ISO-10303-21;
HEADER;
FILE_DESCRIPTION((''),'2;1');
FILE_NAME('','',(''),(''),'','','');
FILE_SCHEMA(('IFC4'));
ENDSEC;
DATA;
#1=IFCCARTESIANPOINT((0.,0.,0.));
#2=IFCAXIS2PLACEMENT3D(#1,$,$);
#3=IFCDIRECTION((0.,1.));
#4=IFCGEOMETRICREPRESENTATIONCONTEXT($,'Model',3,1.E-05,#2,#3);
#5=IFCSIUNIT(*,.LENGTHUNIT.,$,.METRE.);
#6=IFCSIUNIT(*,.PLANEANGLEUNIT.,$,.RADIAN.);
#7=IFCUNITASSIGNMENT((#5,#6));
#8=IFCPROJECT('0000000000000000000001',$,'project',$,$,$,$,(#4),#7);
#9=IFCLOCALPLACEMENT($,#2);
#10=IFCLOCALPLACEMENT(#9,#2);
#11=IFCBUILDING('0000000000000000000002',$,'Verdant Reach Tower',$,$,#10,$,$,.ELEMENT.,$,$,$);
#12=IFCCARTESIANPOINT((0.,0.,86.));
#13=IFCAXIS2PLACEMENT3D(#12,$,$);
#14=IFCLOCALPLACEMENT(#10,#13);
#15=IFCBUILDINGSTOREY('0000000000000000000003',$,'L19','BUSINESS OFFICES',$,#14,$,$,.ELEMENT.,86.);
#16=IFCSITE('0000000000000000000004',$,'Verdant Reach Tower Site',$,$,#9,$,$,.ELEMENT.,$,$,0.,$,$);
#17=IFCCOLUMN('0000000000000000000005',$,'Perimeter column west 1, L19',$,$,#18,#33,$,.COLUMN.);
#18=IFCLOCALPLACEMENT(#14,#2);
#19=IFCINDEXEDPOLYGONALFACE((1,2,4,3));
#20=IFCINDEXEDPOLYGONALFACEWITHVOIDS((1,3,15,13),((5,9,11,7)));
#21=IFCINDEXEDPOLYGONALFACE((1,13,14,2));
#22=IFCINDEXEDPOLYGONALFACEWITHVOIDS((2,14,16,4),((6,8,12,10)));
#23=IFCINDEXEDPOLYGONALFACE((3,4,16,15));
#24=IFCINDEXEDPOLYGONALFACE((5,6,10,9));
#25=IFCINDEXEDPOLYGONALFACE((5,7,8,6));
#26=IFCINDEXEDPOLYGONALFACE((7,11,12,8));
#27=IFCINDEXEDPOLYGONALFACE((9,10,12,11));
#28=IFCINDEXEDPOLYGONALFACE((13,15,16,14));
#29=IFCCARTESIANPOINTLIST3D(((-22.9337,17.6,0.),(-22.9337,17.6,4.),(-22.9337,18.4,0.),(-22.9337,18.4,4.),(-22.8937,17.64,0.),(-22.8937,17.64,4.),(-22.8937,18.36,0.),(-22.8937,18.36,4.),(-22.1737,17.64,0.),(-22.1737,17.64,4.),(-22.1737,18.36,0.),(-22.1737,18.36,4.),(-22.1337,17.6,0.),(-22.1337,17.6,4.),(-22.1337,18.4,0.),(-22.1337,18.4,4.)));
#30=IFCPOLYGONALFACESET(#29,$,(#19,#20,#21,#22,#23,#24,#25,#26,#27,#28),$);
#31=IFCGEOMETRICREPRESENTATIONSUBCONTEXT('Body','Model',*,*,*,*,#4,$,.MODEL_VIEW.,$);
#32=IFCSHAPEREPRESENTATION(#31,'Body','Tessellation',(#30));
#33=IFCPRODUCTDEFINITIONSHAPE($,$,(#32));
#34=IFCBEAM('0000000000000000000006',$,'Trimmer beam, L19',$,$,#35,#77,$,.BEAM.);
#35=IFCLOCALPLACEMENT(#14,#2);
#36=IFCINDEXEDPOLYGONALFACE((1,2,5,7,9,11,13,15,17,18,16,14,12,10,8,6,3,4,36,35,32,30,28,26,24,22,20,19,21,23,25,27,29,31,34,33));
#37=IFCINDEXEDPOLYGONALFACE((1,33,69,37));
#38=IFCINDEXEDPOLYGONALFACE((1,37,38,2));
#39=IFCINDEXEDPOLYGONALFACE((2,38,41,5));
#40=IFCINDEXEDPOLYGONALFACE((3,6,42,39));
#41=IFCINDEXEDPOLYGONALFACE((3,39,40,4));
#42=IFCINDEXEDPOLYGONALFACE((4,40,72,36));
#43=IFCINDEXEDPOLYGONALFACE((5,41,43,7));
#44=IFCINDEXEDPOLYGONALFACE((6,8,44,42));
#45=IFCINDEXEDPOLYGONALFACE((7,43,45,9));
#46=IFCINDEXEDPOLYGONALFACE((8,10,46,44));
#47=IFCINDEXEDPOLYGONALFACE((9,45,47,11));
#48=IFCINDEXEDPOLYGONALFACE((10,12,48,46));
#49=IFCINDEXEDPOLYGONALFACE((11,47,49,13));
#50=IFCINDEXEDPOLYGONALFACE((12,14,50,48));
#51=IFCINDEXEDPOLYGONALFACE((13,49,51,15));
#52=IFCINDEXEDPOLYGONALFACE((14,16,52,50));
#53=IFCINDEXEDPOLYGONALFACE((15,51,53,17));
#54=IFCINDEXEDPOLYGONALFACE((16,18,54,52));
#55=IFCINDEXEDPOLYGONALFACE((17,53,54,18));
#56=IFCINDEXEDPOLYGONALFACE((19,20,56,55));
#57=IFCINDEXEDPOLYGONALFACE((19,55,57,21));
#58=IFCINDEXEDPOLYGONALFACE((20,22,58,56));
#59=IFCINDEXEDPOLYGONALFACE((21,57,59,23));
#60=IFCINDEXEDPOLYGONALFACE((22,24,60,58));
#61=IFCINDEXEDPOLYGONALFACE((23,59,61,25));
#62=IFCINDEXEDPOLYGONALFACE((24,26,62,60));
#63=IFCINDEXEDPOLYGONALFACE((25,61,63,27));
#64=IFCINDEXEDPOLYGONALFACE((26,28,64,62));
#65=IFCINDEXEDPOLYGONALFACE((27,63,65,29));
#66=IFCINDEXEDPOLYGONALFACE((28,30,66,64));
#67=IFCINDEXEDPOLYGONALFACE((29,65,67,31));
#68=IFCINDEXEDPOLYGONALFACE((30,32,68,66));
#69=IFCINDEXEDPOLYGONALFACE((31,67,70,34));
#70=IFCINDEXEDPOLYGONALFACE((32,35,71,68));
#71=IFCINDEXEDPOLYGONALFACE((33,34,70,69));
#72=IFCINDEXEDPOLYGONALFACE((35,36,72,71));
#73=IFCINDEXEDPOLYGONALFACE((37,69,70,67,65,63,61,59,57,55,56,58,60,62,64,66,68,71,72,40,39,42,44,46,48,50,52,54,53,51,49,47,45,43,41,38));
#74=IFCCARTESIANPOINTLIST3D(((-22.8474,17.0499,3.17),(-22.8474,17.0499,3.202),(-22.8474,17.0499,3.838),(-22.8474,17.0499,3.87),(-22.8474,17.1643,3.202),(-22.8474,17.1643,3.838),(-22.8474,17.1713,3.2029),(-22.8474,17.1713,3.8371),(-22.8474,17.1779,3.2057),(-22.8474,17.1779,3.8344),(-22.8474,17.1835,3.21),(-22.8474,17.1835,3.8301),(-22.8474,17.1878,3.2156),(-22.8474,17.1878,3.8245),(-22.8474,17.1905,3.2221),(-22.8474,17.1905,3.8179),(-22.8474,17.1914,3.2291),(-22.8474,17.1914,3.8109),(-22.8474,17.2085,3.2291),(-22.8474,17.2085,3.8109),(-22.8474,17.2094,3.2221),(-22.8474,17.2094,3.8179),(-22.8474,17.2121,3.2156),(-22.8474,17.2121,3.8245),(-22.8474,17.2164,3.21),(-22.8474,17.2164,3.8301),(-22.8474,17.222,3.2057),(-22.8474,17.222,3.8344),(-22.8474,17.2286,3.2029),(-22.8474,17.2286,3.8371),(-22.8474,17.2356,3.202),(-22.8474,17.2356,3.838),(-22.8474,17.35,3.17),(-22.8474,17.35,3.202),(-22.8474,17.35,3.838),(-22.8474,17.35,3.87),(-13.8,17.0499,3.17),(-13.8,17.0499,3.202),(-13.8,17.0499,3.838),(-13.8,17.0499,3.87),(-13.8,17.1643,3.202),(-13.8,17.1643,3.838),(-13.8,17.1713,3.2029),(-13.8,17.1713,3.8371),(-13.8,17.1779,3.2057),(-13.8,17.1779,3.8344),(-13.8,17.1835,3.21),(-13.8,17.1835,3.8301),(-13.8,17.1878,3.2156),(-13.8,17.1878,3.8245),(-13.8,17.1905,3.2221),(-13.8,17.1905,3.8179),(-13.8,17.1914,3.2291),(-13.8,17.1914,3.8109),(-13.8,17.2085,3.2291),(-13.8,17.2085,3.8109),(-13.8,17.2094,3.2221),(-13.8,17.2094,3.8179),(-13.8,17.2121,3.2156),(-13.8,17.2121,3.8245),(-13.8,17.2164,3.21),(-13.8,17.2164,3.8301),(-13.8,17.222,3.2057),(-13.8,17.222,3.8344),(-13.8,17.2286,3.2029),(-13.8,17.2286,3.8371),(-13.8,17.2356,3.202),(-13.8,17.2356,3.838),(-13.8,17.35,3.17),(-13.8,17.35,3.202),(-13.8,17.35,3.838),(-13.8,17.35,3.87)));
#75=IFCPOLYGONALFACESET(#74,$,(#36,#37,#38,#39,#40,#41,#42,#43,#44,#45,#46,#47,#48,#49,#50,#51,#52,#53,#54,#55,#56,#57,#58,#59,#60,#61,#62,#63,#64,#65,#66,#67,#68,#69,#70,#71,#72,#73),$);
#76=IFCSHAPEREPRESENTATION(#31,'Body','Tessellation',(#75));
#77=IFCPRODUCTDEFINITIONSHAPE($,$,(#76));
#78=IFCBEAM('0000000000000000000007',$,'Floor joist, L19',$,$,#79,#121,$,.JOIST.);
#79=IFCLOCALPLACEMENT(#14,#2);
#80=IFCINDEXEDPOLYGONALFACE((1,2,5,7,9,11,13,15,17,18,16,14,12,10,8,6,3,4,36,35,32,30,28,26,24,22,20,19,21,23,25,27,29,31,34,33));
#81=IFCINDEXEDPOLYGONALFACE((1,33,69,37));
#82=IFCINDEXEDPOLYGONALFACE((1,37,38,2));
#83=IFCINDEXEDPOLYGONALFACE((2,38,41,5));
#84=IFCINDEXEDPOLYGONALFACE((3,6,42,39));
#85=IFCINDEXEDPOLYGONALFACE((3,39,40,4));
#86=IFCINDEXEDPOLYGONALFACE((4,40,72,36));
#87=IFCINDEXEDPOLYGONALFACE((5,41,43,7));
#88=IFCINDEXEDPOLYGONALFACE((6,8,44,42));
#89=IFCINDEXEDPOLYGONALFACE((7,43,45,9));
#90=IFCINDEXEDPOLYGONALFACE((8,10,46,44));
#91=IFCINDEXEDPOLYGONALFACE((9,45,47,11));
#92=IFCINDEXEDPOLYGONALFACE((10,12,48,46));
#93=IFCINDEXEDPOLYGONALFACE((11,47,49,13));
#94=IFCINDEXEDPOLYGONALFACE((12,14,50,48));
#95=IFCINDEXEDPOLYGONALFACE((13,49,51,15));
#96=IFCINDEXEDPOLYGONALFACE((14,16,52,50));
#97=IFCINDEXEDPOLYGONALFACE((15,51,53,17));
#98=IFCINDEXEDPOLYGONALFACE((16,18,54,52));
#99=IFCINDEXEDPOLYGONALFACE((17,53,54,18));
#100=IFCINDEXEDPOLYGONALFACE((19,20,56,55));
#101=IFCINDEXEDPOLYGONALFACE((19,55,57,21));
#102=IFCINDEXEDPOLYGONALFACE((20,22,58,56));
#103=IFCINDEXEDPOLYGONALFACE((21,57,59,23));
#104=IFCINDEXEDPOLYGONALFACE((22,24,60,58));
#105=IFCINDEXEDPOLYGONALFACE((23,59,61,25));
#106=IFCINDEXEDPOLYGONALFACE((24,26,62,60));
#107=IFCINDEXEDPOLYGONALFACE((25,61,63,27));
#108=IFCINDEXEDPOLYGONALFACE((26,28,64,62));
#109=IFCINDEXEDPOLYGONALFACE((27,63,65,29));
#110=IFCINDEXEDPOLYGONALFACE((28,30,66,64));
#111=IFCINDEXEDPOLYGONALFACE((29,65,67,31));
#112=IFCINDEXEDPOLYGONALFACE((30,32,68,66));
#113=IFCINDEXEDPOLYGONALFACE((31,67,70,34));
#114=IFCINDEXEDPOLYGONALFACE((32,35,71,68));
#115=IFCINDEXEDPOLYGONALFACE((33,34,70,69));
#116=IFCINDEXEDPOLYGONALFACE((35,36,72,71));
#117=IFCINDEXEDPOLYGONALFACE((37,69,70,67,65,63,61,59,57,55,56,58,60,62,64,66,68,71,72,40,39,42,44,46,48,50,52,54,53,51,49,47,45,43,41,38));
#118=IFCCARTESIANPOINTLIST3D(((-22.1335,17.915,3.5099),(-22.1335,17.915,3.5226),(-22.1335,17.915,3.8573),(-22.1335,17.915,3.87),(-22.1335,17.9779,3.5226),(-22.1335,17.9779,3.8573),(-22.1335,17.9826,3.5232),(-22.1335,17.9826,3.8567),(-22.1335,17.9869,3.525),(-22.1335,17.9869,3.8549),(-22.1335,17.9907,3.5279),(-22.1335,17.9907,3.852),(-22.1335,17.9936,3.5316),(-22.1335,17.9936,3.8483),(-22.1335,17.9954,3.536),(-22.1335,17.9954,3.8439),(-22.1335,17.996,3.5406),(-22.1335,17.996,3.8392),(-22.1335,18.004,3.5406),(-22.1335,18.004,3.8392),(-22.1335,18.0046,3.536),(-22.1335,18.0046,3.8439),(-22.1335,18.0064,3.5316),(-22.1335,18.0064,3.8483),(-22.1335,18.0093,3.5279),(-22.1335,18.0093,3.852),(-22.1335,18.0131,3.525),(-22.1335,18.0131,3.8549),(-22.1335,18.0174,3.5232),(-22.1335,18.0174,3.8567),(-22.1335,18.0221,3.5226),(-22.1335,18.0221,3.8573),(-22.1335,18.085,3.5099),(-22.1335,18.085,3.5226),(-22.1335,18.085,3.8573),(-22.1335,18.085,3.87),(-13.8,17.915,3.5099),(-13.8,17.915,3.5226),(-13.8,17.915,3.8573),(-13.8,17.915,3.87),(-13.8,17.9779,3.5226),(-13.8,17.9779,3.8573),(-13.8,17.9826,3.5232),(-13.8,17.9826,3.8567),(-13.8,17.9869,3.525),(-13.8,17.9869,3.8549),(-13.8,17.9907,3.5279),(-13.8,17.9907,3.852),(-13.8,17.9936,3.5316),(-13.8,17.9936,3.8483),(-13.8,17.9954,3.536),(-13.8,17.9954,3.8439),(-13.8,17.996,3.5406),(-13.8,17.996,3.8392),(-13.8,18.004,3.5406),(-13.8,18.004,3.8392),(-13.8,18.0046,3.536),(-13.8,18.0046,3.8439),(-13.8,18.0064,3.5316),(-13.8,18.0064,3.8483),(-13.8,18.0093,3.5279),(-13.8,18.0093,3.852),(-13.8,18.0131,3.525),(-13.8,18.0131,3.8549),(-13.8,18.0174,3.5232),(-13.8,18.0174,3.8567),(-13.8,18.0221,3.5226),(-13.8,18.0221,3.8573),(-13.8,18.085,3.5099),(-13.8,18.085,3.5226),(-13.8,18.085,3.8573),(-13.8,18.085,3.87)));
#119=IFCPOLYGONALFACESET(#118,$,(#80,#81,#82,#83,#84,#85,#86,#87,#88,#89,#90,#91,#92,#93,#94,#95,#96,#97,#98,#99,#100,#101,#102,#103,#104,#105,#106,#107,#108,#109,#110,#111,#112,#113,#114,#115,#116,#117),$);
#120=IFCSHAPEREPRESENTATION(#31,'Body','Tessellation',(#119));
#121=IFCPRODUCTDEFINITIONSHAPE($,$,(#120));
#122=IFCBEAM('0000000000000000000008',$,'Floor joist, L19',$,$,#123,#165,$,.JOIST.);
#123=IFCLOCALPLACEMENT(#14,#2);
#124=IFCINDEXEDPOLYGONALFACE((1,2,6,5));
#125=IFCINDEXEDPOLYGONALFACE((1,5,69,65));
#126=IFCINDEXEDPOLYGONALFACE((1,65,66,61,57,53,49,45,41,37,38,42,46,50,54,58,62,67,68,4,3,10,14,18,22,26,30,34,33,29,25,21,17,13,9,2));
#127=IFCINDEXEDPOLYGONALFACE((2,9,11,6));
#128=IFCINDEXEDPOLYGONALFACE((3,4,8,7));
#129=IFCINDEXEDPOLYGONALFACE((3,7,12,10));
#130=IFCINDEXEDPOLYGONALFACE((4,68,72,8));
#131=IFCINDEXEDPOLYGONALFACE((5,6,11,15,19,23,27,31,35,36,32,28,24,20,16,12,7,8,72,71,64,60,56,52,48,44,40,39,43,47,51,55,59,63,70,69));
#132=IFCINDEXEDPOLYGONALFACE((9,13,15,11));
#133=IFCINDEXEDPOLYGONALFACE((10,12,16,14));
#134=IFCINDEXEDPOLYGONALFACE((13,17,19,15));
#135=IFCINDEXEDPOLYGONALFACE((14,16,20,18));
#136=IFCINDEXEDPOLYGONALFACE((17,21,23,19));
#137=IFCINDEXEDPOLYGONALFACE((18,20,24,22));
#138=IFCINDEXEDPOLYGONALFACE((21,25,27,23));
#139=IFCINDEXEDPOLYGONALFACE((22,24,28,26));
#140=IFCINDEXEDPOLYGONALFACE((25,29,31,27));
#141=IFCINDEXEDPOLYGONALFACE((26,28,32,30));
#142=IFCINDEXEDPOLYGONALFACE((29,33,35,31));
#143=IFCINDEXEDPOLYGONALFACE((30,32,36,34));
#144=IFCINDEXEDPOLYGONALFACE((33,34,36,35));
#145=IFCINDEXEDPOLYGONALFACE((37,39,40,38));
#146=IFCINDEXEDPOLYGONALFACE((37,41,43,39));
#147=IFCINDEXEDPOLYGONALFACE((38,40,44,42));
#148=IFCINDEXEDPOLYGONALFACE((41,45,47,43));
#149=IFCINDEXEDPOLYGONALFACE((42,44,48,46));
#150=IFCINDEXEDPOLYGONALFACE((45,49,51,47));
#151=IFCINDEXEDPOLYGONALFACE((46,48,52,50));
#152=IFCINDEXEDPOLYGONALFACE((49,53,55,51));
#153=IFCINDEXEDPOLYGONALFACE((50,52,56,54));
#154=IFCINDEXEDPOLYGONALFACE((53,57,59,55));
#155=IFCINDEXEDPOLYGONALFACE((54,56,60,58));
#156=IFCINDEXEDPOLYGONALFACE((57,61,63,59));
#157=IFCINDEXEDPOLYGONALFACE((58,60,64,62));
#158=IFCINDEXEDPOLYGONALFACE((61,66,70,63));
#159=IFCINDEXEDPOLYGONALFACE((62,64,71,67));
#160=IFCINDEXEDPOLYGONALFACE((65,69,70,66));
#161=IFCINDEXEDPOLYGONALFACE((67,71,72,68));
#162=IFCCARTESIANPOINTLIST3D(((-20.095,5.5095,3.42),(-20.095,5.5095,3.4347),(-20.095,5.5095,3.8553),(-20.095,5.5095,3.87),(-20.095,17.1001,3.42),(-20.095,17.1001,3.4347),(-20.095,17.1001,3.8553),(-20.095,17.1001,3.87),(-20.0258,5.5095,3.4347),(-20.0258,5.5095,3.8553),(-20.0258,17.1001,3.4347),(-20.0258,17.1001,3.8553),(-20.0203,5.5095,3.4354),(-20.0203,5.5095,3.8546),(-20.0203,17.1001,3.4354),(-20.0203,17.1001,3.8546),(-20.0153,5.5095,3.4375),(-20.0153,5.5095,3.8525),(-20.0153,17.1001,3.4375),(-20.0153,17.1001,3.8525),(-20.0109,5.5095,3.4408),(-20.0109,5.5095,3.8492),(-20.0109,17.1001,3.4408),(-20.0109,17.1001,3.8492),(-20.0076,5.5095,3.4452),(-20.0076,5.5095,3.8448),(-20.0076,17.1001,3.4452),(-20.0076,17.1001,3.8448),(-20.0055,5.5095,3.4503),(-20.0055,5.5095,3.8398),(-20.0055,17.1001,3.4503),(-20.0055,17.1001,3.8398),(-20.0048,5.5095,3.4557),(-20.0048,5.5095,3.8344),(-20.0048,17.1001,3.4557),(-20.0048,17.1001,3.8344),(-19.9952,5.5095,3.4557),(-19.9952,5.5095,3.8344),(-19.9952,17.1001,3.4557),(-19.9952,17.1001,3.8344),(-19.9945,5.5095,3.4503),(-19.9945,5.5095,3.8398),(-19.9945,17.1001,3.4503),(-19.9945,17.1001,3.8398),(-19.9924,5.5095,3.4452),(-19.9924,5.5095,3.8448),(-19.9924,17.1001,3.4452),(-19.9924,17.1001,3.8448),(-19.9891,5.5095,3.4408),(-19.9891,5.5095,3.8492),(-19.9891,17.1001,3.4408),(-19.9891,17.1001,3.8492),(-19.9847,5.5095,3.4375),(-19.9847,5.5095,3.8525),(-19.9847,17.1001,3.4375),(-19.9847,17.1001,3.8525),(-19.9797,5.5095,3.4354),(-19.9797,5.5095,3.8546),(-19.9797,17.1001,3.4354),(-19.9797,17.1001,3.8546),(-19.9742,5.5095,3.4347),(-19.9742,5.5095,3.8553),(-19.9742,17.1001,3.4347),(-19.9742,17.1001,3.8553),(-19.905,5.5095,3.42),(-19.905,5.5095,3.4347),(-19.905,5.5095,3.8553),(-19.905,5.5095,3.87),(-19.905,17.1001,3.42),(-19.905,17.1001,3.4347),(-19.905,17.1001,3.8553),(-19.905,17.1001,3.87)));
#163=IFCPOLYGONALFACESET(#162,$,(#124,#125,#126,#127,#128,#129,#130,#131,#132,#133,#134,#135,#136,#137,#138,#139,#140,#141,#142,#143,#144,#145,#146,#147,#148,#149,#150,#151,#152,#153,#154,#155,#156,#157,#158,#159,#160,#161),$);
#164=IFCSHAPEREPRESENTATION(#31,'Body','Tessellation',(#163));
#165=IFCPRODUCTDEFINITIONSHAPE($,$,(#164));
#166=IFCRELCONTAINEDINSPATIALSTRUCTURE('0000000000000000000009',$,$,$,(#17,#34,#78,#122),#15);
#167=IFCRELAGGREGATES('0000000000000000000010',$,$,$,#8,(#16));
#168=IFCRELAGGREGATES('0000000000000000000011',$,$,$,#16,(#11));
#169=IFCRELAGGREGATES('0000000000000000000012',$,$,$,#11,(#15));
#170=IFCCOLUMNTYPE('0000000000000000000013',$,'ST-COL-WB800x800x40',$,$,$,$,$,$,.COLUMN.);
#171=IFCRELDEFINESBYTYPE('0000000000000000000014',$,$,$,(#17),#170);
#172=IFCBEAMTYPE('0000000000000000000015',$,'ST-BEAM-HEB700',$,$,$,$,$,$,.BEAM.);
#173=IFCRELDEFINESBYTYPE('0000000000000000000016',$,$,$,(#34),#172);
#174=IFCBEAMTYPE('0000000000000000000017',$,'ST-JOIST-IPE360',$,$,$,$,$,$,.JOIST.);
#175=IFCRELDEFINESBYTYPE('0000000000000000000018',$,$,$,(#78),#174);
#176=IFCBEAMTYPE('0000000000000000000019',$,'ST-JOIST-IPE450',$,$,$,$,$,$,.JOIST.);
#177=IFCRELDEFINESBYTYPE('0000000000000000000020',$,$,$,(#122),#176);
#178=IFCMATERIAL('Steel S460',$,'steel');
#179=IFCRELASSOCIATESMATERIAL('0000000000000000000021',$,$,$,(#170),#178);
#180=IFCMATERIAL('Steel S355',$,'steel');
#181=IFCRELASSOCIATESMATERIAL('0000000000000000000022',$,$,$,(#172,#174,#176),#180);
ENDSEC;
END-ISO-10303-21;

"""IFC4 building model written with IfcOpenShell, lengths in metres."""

from ifc_helpers import new_model, si_unit, direction, frame, origin, origin_2d, place, context, subcontext, project, spatial, hollow_rectangle, i_section, extrude, material, material_profile, profile_set, type_object, element, save


model = new_model("IFC4")

# Units and contexts
model_context = context("Model", 3, precision=1e-05, world=origin(), true_north=direction((0.0, 1.0)))
body_context = subcontext(model_context, "Body", "Model", "MODEL_VIEW")
ifc_project = project(units=[si_unit("LENGTHUNIT", "METRE"), si_unit("PLANEANGLEUNIT", "RADIAN")], contexts=[model_context])

# Site, building, storey
site_placement = place(None, origin())
site = spatial("IfcSite", under=ifc_project, at=site_placement, Name="Verdant Reach Tower Site", CompositionType="ELEMENT", RefElevation=0.0)
building_placement = place(site_placement, origin())
building = spatial("IfcBuilding", under=site, at=building_placement, Name="Verdant Reach Tower", CompositionType="ELEMENT")
storey_placement = place(building_placement, frame((0.0, 0.0, 86.0)))
storey = spatial("IfcBuildingStorey", under=building, at=storey_placement, Name="L19", Description="BUSINESS OFFICES", CompositionType="ELEMENT", Elevation=86.0)

# Column
ifc_material_1 = material(Name="Steel S460", Category="steel")
ifc_material_profile_1 = material_profile(ifc_material_1, hollow_rectangle(XDim=0.8, YDim=0.8, WallThickness=0.04, at=origin_2d()), Name="WB 800x800x40")
ifc_profile_set_1 = profile_set([ifc_material_profile_1], Name="Steel S460")
column_type = type_object("IfcColumnType", Name="ST-COL-WB800x800x40", PredefinedType="COLUMN", material=ifc_profile_set_1)
column_placement = place(storey_placement, frame((-22.5337, 18.0, 0.0), z_axis=(0.0, 0.0, 1.0), x_axis=(1.0, 0.0, 0.0)))
element("IfcColumn", 1, at=column_placement, inside=storey, type_object=column_type, Name="Perimeter column west 1, L19", PredefinedType="COLUMN", context=body_context, shape_type="SweptSolid", body=[
    extrude(hollow_rectangle(XDim=0.8, YDim=0.8, WallThickness=0.04, at=origin_2d()), origin(), (0.0, 0.0, 1.0), 4.0),
])

# Beams
ifc_material_2 = material(Name="Steel S355", Category="steel")
ifc_material_profile_2 = material_profile(ifc_material_2, i_section(OverallWidth=0.3, OverallDepth=0.7, WebThickness=0.0171, FlangeThickness=0.032, FilletRadius=0.0271, at=origin_2d()), Name="HEB 700")
ifc_profile_set_2 = profile_set([ifc_material_profile_2], Name="Steel S355")
beam_type_1 = type_object("IfcBeamType", Name="ST-BEAM-HEB700", PredefinedType="BEAM", material=ifc_profile_set_2)
beam_1_placement = place(storey_placement, frame((-13.8, 17.2, 3.52), z_axis=(-1.0, 0.0, 0.0), x_axis=(0.0, -1.0, 0.0)))
element("IfcBeam", 2, at=beam_1_placement, inside=storey, type_object=beam_type_1, Name="Trimmer beam, L19", PredefinedType="BEAM", context=body_context, shape_type="SweptSolid", body=[
    extrude(i_section(OverallWidth=0.3, OverallDepth=0.7, WebThickness=0.0171, FlangeThickness=0.032, FilletRadius=0.0271, at=origin_2d()), origin(), (0.0, 0.0, 1.0), 9.0474),
])
ifc_material_profile_3 = material_profile(ifc_material_2, i_section(OverallWidth=0.1699, OverallDepth=0.3601, WebThickness=0.0081, FlangeThickness=0.0127, FilletRadius=0.0181, at=origin_2d()), Name="IPE 360")
ifc_profile_set_3 = profile_set([ifc_material_profile_3], Name="Steel S355")
beam_type_2 = type_object("IfcBeamType", Name="ST-JOIST-IPE360", PredefinedType="JOIST", material=ifc_profile_set_3)
beam_2_placement = place(storey_placement, frame((-13.8, 18.0, 3.6899), z_axis=(-1.0, 0.0, 0.0), x_axis=(0.0, -1.0, 0.0)))
element("IfcBeam", 3, at=beam_2_placement, inside=storey, type_object=beam_type_2, Name="Floor joist, L19", PredefinedType="JOIST", context=body_context, shape_type="SweptSolid", body=[
    extrude(i_section(OverallWidth=0.1699, OverallDepth=0.3601, WebThickness=0.0081, FlangeThickness=0.0127, FilletRadius=0.0181, at=origin_2d()), origin(), (0.0, 0.0, 1.0), 8.3335),
])
ifc_material_profile_4 = material_profile(ifc_material_2, i_section(OverallWidth=0.1899, OverallDepth=0.45, WebThickness=0.0095, FlangeThickness=0.0146, FilletRadius=0.021, at=origin_2d()), Name="IPE 450")
ifc_profile_set_4 = profile_set([ifc_material_profile_4], Name="Steel S355")
beam_type_3 = type_object("IfcBeamType", Name="ST-JOIST-IPE450", PredefinedType="JOIST", material=ifc_profile_set_4)
beam_3_placement = place(storey_placement, frame((-20.0, 17.1001, 3.645), z_axis=(0.0, -1.0, 0.0), x_axis=(1.0, 0.0, 0.0)))
element("IfcBeam", 4, at=beam_3_placement, inside=storey, type_object=beam_type_3, Name="Floor joist, L19", PredefinedType="JOIST", context=body_context, shape_type="SweptSolid", body=[
    extrude(i_section(OverallWidth=0.1899, OverallDepth=0.45, WebThickness=0.0095, FlangeThickness=0.0146, FilletRadius=0.021, at=origin_2d()), origin(), (0.0, 0.0, 1.0), 11.5906),
])

save(model, "model.ifc")
